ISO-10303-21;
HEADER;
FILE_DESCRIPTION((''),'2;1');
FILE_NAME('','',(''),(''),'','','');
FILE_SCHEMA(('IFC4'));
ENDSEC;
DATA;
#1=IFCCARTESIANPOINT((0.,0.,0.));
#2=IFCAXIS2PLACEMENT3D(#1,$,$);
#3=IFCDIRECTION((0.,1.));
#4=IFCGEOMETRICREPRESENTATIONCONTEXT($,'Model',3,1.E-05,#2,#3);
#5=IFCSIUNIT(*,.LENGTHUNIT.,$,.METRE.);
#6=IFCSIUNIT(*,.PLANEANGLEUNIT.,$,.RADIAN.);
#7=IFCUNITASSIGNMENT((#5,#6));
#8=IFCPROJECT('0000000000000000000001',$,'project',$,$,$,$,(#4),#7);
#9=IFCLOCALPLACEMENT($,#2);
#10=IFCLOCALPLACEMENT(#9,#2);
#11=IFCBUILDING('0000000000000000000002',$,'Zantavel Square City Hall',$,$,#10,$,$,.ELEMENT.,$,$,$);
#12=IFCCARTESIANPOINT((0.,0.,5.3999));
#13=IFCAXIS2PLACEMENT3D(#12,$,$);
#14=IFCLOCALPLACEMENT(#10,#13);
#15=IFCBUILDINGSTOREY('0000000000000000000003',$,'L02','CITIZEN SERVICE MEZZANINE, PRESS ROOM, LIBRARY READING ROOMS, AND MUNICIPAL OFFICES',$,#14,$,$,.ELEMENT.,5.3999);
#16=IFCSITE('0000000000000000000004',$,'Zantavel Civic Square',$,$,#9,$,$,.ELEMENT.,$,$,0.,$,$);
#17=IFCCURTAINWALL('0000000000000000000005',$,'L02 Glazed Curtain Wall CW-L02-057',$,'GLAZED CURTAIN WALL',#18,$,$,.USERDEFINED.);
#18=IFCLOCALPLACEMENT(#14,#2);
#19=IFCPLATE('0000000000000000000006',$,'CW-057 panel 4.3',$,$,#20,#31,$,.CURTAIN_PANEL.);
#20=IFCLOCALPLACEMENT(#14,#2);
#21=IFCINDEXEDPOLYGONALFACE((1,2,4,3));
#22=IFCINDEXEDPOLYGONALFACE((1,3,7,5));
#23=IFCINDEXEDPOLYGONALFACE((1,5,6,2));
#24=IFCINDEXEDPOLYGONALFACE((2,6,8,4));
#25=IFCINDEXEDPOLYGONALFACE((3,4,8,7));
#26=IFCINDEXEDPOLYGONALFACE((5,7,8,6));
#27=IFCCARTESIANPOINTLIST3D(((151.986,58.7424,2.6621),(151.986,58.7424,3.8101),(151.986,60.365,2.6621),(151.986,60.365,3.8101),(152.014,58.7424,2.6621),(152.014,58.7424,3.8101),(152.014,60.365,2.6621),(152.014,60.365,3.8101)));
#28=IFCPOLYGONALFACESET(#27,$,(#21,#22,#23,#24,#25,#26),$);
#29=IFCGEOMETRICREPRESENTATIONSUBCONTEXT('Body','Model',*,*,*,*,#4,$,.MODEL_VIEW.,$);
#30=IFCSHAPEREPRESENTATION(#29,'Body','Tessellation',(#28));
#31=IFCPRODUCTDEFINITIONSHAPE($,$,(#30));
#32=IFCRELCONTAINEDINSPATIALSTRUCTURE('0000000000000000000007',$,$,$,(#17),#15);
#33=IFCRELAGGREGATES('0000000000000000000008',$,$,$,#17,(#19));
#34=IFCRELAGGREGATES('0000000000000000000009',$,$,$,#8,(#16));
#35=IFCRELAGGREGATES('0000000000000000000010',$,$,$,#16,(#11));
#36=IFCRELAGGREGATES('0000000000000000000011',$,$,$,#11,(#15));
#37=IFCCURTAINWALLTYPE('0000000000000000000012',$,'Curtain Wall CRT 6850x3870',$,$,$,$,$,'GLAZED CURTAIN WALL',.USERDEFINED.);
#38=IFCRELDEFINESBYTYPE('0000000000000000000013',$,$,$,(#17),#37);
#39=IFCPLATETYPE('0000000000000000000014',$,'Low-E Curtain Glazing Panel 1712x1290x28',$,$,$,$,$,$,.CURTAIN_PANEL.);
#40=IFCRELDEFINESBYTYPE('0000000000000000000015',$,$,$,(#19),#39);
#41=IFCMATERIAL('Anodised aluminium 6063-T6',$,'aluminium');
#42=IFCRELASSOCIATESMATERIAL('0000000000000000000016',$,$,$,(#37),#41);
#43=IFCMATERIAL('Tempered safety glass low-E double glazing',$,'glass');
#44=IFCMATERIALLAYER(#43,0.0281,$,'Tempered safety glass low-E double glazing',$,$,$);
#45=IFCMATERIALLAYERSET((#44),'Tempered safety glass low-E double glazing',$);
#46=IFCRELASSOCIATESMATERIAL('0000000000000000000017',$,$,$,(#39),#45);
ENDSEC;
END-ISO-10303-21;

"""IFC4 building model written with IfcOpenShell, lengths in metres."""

from ifc_helpers import new_model, si_unit, direction, frame, origin, origin_2d, place, context, subcontext, project, spatial, rectangle, extrude, material, layer, layer_set, type_object, element, aggregate, save


model = new_model("IFC4")

# Units and contexts
model_context = context("Model", 3, precision=1e-05, world=origin(), true_north=direction((0.0, 1.0)))
body_context = subcontext(model_context, "Body", "Model", "MODEL_VIEW")
ifc_project = project(units=[si_unit("LENGTHUNIT", "METRE"), si_unit("PLANEANGLEUNIT", "RADIAN")], contexts=[model_context])

# Site, building, storey
site_placement = place(None, origin())
site = spatial("IfcSite", under=ifc_project, at=site_placement, Name="Zantavel Civic Square", CompositionType="ELEMENT", RefElevation=0.0)
building_placement = place(site_placement, origin())
building = spatial("IfcBuilding", under=site, at=building_placement, Name="Zantavel Square City Hall", CompositionType="ELEMENT")
storey_placement = place(building_placement, frame((0.0, 0.0, 5.3999)))
storey = spatial("IfcBuildingStorey", under=building, at=storey_placement, Name="L02", Description="CITIZEN SERVICE MEZZANINE, PRESS ROOM, LIBRARY READING ROOMS, AND MUNICIPAL OFFICES", CompositionType="ELEMENT", Elevation=5.3999)

# Curtain wall
ifc_material_1 = material(Name="Anodised aluminium 6063-T6", Category="aluminium")
curtain_wall_type_1 = type_object("IfcCurtainWallType", Name="Curtain Wall CRT 6850x3870", ElementType="GLAZED CURTAIN WALL", PredefinedType="USERDEFINED", material=ifc_material_1)
curtain_wall_1_placement = place(storey_placement, origin())
curtain_wall_1 = element("IfcCurtainWall", 1, at=curtain_wall_1_placement, inside=storey, type_object=curtain_wall_type_1, Name="L02 Glazed Curtain Wall CW-L02-057", ObjectType="GLAZED CURTAIN WALL", PredefinedType="USERDEFINED")

# Plate
ifc_material_2 = material(Name="Tempered safety glass low-E double glazing", Category="glass")
ifc_layer_1 = layer(ifc_material_2, 0.0281, Name="Tempered safety glass low-E double glazing")
ifc_layer_set_1 = layer_set([ifc_layer_1], Name="Tempered safety glass low-E double glazing")
plate_type_1 = type_object("IfcPlateType", Name="Low-E Curtain Glazing Panel 1712x1290x28", PredefinedType="CURTAIN_PANEL", material=ifc_layer_set_1)
plate_1_placement = place(storey_placement, frame((152.0, 59.5537, 2.6621), z_axis=(0.0, 0.0, 1.0), x_axis=(0.0, 1.0, 0.0)))
plate_1 = element("IfcPlate", 2, at=plate_1_placement, type_object=plate_type_1, Name="CW-057 panel 4.3", PredefinedType="CURTAIN_PANEL", context=body_context, shape_type="SweptSolid", body=[
    extrude(rectangle(XDim=1.6226, YDim=0.0281, at=origin_2d()), origin(), (0.0, 0.0, 1.0), 1.1479),
])
aggregate(curtain_wall_1, [plate_1])

save(model, "model.ifc")
